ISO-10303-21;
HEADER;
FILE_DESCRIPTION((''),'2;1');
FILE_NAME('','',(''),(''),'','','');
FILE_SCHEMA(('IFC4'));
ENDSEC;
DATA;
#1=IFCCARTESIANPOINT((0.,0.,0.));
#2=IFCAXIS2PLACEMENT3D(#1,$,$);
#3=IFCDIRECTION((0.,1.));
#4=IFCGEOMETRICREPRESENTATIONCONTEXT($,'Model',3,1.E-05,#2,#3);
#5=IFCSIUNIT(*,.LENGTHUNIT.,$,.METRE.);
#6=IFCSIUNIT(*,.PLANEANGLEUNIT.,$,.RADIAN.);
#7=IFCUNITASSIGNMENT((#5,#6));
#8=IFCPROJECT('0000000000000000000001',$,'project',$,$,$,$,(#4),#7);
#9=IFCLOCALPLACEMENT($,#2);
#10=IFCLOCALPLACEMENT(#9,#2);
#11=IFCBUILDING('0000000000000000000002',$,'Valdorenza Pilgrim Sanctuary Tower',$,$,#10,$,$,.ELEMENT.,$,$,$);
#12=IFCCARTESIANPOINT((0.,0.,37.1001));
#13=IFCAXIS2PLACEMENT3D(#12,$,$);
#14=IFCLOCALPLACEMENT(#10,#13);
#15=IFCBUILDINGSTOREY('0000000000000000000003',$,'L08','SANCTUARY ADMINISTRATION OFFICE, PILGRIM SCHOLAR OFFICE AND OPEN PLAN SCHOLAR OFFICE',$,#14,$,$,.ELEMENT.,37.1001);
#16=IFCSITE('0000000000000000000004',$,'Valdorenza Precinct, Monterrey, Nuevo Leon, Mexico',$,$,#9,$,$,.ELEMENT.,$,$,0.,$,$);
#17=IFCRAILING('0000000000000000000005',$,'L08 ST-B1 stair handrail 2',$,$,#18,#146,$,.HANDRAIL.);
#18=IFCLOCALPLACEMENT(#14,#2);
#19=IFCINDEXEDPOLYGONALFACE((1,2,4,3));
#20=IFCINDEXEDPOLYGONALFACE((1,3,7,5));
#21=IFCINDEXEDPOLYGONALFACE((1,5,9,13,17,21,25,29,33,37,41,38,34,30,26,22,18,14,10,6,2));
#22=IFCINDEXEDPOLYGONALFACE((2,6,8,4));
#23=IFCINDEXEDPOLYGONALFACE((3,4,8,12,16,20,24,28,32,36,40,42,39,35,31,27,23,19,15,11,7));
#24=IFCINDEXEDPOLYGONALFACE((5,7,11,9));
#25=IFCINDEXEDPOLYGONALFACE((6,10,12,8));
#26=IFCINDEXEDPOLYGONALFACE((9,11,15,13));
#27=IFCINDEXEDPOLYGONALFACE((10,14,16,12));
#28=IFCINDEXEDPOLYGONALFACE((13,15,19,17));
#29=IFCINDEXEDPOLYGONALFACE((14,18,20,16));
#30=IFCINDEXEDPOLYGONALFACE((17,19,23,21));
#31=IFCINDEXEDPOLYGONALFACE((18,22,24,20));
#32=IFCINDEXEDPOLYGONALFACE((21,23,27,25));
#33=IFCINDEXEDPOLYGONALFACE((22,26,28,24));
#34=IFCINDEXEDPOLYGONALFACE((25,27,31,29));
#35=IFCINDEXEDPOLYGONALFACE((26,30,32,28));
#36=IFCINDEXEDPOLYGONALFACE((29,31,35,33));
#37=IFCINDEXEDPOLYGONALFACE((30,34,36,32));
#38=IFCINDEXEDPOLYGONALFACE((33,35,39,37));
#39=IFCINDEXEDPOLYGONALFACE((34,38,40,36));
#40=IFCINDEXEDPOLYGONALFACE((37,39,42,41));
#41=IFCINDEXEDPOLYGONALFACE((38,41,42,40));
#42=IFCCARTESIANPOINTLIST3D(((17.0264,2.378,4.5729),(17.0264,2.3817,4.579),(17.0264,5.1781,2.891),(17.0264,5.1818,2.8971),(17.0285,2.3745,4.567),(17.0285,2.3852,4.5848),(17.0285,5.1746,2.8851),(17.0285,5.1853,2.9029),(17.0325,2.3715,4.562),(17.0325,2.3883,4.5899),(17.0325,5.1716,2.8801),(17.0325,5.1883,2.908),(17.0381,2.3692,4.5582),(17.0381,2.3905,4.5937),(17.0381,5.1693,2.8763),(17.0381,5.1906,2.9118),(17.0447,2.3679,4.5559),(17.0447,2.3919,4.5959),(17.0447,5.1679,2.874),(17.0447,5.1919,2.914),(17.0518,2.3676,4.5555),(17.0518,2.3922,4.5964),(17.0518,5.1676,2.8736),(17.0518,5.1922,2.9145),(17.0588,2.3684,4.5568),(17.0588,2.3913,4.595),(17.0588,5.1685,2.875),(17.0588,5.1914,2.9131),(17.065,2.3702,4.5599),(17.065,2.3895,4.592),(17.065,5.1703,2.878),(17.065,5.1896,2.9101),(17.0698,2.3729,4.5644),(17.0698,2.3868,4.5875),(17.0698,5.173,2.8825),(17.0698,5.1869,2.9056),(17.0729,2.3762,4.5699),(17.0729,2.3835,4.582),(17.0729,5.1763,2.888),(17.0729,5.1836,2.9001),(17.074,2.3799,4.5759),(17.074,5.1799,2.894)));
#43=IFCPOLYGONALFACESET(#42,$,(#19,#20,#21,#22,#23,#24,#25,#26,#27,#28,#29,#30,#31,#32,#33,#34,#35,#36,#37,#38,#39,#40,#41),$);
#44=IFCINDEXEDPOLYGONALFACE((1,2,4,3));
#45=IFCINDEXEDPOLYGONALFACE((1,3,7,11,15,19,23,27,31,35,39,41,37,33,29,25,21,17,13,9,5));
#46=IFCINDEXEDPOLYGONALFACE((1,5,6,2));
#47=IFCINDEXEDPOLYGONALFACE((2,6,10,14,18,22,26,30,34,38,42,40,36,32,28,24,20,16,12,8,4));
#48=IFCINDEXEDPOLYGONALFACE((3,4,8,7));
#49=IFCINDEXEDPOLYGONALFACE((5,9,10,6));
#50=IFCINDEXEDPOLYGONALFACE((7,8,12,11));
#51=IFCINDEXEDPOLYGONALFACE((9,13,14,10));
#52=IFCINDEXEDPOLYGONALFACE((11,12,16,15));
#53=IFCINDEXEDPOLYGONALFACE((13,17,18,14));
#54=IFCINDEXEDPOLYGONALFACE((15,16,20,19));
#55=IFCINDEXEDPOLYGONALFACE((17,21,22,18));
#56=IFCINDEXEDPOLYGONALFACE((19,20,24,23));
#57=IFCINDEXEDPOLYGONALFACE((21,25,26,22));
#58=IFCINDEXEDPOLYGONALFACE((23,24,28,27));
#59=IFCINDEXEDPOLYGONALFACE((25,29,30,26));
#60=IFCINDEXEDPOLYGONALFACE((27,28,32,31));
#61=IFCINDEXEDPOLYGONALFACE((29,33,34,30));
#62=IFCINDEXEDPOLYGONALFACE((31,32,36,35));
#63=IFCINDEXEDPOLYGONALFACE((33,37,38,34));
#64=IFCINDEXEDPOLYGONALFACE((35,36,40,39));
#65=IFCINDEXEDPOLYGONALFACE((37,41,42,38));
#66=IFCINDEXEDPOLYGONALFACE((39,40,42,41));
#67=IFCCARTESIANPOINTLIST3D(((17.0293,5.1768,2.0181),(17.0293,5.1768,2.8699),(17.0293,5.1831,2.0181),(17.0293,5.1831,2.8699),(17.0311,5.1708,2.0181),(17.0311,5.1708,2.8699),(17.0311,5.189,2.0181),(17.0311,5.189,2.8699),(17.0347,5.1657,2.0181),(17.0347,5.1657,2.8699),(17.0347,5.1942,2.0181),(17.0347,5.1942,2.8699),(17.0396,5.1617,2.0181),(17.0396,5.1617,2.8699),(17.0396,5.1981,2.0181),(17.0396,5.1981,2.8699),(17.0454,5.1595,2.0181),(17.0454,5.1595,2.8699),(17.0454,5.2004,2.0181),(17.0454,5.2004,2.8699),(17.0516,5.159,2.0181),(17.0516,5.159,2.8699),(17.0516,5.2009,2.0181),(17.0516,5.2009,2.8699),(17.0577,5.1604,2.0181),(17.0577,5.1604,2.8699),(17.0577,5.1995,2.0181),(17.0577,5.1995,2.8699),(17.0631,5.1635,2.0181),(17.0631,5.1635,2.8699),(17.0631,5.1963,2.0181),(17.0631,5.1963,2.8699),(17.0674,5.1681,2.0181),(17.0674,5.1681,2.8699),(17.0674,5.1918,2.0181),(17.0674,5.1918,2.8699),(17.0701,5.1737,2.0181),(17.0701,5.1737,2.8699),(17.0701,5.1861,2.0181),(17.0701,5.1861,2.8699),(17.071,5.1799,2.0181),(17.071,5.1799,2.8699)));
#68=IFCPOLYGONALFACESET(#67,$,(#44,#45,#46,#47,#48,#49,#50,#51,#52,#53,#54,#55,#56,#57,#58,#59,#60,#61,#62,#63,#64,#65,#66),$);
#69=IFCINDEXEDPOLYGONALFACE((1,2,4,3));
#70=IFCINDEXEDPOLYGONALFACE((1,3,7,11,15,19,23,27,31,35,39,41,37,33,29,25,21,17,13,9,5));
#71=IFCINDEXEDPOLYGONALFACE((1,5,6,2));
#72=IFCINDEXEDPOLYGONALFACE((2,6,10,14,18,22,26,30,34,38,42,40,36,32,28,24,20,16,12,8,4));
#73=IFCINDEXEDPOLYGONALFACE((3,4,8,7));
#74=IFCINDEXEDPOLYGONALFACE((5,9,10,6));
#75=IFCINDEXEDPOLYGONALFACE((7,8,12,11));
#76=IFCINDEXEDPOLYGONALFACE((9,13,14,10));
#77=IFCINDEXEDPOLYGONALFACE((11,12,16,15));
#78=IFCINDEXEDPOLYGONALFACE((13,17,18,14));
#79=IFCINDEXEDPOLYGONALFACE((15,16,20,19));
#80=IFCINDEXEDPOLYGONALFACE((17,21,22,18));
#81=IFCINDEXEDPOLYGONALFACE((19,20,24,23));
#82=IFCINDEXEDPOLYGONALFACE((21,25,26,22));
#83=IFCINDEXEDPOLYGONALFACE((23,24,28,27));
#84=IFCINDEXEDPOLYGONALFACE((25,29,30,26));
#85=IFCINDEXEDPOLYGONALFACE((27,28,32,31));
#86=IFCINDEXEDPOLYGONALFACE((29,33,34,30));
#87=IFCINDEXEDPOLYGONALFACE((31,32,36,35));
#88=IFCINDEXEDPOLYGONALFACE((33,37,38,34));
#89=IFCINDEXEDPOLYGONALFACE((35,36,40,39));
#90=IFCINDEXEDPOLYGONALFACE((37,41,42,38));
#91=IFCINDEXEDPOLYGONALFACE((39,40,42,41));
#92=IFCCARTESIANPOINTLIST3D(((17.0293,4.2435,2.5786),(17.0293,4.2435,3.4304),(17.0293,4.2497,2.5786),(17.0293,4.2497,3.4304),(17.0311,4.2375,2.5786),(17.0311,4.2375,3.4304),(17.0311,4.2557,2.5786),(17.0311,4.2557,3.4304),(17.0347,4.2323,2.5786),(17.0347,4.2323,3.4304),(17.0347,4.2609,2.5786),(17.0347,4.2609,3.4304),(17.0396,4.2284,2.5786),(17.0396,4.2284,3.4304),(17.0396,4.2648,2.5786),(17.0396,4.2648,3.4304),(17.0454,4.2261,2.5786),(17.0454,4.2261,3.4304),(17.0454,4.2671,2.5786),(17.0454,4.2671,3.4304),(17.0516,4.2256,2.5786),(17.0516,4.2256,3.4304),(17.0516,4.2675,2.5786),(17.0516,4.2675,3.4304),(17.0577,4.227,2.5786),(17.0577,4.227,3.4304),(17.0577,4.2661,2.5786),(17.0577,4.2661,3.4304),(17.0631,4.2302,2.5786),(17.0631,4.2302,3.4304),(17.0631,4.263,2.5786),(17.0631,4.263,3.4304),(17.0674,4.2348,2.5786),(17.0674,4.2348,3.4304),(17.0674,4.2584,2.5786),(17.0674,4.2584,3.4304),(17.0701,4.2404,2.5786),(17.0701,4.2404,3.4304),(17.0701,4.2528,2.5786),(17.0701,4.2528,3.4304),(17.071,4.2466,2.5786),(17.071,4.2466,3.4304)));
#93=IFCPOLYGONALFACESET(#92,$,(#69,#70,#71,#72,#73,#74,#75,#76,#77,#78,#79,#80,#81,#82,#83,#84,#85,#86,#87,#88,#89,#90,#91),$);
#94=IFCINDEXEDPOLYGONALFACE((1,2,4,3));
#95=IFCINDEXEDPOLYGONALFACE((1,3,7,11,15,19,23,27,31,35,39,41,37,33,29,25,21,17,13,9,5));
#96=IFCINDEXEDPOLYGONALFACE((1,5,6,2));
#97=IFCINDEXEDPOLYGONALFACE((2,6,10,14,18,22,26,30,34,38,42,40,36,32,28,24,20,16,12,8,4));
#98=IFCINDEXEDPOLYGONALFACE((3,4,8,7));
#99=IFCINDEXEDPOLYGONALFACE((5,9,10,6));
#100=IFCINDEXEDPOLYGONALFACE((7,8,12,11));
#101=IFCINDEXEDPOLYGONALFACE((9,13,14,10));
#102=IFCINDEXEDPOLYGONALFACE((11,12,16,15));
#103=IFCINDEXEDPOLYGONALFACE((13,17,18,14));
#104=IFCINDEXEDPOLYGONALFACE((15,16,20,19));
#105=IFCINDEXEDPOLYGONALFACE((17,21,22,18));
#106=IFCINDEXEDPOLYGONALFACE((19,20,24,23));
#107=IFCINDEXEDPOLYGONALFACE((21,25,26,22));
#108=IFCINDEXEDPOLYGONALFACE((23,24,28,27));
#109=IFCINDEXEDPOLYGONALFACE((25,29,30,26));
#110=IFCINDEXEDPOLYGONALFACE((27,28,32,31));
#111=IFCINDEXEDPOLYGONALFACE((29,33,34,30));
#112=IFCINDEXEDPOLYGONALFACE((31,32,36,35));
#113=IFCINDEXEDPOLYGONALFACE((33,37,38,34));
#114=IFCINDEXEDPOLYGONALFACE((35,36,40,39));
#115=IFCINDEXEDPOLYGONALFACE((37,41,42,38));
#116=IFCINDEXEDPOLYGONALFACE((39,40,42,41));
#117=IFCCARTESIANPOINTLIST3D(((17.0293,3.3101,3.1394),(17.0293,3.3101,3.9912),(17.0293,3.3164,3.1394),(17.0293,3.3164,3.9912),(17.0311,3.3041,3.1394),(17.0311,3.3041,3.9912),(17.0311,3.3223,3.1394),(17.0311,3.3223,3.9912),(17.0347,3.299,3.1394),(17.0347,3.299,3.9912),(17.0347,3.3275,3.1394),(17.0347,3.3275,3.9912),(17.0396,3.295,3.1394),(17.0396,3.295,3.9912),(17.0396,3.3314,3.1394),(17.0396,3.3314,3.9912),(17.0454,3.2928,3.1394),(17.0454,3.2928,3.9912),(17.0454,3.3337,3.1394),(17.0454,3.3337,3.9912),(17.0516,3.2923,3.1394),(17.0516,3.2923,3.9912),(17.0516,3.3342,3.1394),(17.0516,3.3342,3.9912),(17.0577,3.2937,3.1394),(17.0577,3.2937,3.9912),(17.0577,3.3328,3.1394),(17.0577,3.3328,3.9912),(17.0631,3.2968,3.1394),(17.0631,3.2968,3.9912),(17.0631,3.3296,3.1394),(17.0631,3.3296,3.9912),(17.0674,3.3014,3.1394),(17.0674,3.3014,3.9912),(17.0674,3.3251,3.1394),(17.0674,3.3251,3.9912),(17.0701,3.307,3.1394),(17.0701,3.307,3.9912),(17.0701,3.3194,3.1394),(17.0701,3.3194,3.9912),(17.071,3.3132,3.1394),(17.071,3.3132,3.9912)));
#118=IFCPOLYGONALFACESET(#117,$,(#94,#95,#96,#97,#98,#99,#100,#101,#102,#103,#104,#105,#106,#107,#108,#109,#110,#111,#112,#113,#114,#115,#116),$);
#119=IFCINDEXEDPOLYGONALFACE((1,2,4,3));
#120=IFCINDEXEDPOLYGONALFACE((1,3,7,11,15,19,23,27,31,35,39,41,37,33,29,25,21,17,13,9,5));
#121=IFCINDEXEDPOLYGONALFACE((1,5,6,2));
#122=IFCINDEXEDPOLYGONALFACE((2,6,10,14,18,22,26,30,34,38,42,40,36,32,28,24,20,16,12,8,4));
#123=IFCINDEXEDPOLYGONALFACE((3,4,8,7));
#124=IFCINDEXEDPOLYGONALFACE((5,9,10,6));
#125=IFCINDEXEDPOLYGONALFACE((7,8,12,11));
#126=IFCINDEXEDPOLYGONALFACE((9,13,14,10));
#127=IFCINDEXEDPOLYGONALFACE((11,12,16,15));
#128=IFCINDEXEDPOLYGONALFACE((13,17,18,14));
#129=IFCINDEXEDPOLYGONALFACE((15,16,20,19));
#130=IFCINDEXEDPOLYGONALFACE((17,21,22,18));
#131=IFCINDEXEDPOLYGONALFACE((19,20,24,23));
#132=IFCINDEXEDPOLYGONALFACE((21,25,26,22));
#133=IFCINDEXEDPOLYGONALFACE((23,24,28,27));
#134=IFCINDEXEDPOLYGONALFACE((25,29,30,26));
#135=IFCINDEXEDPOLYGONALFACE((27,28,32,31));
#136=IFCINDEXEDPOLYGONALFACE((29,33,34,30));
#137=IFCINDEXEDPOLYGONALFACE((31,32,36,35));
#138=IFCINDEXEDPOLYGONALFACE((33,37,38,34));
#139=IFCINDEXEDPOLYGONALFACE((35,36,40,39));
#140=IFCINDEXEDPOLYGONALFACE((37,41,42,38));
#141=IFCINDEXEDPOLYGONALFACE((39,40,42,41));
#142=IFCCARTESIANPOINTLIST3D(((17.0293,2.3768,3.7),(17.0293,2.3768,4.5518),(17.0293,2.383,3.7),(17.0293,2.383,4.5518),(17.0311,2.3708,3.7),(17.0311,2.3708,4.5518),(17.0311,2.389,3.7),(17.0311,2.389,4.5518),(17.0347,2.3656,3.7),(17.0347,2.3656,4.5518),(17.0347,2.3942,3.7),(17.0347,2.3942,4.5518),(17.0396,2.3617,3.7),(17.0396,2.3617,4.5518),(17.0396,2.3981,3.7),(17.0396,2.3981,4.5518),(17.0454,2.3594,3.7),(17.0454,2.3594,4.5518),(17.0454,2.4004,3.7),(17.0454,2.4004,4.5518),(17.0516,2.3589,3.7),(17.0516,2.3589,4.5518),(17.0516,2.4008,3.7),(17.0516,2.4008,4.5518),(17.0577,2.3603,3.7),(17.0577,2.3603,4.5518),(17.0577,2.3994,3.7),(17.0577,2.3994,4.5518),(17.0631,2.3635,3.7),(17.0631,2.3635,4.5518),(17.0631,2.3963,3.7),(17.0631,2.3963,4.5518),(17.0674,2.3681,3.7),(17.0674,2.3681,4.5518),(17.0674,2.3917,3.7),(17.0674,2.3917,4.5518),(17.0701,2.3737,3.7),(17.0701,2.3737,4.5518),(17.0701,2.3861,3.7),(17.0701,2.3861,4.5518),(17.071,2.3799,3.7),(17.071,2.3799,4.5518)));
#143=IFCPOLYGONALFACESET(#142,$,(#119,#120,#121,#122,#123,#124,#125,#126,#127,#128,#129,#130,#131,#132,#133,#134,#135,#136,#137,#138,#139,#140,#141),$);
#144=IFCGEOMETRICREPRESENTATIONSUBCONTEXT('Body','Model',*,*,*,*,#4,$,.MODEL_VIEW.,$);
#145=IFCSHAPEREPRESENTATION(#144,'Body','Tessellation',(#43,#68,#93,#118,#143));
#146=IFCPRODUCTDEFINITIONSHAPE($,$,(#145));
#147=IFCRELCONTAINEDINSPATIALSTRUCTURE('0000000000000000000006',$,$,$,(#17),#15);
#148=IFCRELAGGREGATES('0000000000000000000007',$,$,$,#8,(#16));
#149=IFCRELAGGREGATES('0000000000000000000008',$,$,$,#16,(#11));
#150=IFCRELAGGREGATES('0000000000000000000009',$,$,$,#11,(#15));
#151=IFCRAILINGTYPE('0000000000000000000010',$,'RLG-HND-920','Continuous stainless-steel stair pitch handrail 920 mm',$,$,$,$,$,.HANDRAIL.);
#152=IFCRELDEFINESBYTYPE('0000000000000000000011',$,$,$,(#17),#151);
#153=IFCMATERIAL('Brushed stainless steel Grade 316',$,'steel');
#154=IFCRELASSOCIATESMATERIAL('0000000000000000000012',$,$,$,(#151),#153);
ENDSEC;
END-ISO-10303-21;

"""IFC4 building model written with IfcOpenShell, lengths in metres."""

from ifc_helpers import new_model, si_unit, direction, frame, origin, origin_2d, place, context, subcontext, project, spatial, circle, extrude, material, type_object, element, save


model = new_model("IFC4")

# Units and contexts
model_context = context("Model", 3, precision=1e-05, world=origin(), true_north=direction((0.0, 1.0)))
body_context = subcontext(model_context, "Body", "Model", "MODEL_VIEW")
ifc_project = project(units=[si_unit("LENGTHUNIT", "METRE"), si_unit("PLANEANGLEUNIT", "RADIAN")], contexts=[model_context])

# Site, building, storey
site_placement = place(None, origin())
site = spatial("IfcSite", under=ifc_project, at=site_placement, Name="Valdorenza Precinct, Monterrey, Nuevo Leon, Mexico", CompositionType="ELEMENT", RefElevation=0.0)
building_placement = place(site_placement, origin())
building = spatial("IfcBuilding", under=site, at=building_placement, Name="Valdorenza Pilgrim Sanctuary Tower", CompositionType="ELEMENT")
storey_placement = place(building_placement, frame((0.0, 0.0, 37.1001)))
storey = spatial("IfcBuildingStorey", under=building, at=storey_placement, Name="L08", Description="SANCTUARY ADMINISTRATION OFFICE, PILGRIM SCHOLAR OFFICE AND OPEN PLAN SCHOLAR OFFICE", CompositionType="ELEMENT", Elevation=37.1001)

# Railing
ifc_material_1 = material(Name="Brushed stainless steel Grade 316", Category="steel")
railing_type_1 = type_object("IfcRailingType", Name="RLG-HND-920", Description="Continuous stainless-steel stair pitch handrail 920 mm", PredefinedType="HANDRAIL", material=ifc_material_1)
railing_1_placement = place(storey_placement, frame((17.05, 5.1799, 2.0181)))
element("IfcRailing", 1, at=railing_1_placement, inside=storey, type_object=railing_type_1, Name="L08 ST-B1 stair handrail 2", PredefinedType="HANDRAIL", context=body_context, shape_type="SweptSolid", body=[
    extrude(circle(Radius=0.0239, at=origin_2d()), frame((0.0, 0.0, 0.876), z_axis=(0.0, -0.857242, 0.514913), x_axis=(1.0, 0.0, 0.0)), (0.0, 0.0, 1.0), 3.2664),
    extrude(circle(Radius=0.021, at=origin_2d()), origin(), (0.0, 0.0, 1.0), 0.8518),
    extrude(circle(Radius=0.021, at=origin_2d()), frame((0.0, -0.9333, 0.5605)), (0.0, 0.0, 1.0), 0.8518),
    extrude(circle(Radius=0.021, at=origin_2d()), frame((0.0, -1.8667, 1.1213)), (0.0, 0.0, 1.0), 0.8518),
    extrude(circle(Radius=0.021, at=origin_2d()), frame((0.0, -2.8, 1.6819)), (0.0, 0.0, 1.0), 0.8518),
])

save(model, "model.ifc")
